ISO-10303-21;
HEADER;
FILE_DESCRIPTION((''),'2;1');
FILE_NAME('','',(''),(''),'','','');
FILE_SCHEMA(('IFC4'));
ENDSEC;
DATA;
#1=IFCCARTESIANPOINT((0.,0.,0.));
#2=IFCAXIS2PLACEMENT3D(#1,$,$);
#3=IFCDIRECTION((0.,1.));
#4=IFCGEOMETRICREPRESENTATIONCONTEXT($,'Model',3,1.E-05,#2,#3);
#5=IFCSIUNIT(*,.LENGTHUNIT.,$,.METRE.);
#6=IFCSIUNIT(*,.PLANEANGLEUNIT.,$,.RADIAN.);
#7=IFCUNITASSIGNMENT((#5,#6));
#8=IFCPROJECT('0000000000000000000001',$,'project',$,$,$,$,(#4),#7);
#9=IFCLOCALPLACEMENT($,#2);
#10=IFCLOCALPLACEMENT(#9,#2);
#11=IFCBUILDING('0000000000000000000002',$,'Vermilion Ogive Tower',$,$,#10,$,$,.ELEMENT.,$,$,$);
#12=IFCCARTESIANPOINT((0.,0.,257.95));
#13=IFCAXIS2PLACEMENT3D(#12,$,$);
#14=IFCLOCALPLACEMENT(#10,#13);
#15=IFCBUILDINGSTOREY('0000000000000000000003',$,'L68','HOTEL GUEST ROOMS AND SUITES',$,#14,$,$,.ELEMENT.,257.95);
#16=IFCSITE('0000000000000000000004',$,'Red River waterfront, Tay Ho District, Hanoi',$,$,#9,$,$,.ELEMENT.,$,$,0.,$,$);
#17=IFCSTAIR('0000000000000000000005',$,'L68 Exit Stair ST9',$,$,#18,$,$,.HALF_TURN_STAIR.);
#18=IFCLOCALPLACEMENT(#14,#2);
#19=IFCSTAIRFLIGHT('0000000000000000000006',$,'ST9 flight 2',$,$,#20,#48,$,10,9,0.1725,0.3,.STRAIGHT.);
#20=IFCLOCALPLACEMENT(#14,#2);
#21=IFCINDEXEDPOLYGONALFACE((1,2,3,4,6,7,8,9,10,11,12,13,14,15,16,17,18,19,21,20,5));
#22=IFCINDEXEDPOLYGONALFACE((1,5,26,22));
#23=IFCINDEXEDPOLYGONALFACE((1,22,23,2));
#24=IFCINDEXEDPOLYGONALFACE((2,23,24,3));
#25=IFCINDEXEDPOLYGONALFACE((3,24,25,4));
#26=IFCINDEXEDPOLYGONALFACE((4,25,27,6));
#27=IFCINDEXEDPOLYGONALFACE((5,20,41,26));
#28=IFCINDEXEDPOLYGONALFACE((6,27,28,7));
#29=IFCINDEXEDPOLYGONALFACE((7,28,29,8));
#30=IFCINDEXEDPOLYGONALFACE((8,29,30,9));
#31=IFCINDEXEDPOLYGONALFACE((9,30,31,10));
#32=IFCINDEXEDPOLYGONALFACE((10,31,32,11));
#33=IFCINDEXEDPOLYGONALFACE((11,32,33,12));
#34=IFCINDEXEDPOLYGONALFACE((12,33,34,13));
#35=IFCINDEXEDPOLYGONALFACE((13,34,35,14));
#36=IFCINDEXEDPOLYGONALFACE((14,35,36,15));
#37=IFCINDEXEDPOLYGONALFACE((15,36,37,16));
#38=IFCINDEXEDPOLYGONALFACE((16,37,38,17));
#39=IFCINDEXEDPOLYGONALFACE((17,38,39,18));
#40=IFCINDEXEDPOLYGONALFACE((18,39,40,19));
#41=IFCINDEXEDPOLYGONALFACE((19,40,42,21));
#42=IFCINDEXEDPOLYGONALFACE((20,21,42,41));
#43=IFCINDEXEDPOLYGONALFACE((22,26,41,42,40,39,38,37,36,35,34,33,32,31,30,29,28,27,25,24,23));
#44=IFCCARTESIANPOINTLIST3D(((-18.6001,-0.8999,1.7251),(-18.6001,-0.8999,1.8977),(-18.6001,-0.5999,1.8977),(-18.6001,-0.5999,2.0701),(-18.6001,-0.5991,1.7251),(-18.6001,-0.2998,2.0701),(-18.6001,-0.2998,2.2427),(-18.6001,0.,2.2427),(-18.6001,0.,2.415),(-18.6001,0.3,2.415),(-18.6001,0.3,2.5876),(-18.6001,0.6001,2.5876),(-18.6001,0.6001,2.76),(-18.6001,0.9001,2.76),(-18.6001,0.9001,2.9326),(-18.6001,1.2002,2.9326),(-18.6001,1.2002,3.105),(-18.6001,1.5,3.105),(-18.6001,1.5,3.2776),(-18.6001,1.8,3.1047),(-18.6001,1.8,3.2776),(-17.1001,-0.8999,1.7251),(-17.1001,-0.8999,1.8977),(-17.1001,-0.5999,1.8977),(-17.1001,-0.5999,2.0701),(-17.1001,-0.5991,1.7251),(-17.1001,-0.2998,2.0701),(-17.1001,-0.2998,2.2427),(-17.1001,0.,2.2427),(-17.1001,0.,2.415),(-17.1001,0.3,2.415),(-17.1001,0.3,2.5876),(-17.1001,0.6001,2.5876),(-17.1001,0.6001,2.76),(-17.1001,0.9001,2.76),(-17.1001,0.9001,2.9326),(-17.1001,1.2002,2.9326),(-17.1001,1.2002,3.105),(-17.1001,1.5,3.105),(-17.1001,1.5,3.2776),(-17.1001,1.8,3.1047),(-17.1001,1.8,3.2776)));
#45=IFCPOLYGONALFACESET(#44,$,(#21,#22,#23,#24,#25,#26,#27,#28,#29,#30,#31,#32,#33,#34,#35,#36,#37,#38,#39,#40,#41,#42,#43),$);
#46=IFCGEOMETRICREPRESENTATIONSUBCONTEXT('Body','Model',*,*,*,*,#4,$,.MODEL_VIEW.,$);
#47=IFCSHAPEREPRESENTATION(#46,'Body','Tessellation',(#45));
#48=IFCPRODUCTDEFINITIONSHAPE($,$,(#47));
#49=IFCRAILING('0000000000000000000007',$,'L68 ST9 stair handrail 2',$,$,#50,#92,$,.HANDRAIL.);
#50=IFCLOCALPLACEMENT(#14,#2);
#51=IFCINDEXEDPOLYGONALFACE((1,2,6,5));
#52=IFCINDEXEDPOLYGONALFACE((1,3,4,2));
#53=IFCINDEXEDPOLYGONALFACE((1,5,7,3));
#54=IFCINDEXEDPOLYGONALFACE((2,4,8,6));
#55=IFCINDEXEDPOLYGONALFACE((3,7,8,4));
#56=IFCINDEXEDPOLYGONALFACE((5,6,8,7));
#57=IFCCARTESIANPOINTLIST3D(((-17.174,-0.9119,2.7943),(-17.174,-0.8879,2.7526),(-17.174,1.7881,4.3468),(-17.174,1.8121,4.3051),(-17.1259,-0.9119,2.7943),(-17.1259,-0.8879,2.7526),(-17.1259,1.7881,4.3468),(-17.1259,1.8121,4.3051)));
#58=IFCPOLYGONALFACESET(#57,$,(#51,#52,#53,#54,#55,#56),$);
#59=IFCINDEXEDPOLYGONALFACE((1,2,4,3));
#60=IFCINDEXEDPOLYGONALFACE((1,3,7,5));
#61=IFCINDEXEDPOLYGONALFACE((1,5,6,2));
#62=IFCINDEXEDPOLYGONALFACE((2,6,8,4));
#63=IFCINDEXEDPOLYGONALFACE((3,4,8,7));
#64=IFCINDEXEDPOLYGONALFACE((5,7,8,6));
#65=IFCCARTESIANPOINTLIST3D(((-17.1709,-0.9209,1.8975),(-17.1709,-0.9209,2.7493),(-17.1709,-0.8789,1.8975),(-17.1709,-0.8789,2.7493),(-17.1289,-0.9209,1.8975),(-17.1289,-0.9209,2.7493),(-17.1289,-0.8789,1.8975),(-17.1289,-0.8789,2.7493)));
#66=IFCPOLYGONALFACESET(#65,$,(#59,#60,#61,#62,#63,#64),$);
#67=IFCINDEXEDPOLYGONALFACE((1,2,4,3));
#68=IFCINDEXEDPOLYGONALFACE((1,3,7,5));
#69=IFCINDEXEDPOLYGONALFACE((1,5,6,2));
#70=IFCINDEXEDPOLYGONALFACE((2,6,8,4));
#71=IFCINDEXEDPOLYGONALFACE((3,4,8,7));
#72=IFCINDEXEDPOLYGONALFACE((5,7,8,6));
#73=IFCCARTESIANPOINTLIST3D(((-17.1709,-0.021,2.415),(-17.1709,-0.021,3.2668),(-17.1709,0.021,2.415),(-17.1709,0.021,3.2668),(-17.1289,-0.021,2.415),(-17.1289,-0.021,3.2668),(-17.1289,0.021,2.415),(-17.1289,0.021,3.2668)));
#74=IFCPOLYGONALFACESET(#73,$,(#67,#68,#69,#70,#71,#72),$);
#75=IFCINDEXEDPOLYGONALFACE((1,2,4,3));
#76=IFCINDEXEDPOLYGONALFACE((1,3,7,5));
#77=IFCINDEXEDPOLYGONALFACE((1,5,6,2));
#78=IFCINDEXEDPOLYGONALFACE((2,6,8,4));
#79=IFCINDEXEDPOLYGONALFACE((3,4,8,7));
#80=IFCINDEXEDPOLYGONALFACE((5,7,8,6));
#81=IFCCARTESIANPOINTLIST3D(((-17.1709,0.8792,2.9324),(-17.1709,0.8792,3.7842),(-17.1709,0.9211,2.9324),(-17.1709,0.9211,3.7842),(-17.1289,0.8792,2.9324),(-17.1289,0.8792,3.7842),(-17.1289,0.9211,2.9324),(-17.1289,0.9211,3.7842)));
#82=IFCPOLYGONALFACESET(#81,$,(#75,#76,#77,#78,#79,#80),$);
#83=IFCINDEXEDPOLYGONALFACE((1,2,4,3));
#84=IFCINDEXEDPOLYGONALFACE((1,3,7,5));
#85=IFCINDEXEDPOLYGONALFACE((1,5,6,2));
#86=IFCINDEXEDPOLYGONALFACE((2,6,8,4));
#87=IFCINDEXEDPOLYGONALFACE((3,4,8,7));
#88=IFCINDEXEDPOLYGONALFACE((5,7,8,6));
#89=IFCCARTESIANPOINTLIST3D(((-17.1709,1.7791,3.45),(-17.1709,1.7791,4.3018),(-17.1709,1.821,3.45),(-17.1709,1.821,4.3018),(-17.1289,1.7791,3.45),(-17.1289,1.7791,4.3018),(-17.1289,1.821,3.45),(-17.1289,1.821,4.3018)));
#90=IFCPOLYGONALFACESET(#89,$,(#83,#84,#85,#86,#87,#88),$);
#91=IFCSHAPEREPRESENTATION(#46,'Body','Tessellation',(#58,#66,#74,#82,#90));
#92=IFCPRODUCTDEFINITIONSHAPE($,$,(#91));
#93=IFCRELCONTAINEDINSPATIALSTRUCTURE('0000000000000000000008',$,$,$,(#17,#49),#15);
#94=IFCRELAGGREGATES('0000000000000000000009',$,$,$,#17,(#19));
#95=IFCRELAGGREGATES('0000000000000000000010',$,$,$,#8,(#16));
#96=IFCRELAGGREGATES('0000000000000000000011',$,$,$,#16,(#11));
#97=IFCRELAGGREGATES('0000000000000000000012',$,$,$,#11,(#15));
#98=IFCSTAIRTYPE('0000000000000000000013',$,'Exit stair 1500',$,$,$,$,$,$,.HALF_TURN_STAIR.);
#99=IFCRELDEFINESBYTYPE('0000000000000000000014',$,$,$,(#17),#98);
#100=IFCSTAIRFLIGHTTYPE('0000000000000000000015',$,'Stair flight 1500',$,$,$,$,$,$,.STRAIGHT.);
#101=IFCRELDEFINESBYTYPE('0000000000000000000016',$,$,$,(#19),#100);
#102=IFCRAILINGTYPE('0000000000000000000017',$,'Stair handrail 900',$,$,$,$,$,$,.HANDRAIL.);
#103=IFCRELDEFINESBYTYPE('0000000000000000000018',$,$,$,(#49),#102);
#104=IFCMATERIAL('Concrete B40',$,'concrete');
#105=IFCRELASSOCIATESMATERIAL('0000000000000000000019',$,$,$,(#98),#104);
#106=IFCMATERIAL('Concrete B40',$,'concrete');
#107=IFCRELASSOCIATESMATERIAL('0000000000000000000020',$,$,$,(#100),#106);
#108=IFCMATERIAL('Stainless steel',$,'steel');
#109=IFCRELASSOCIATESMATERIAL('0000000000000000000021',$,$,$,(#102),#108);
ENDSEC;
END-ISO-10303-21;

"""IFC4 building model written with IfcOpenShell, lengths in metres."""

from ifc_helpers import new_model, si_unit, direction, frame, origin, origin_2d, place, context, subcontext, project, spatial, polyline, rectangle, outline, extrude, material, type_object, element, aggregate, save


model = new_model("IFC4")

# Units and contexts
model_context = context("Model", 3, precision=1e-05, world=origin(), true_north=direction((0.0, 1.0)))
body_context = subcontext(model_context, "Body", "Model", "MODEL_VIEW")
ifc_project = project(units=[si_unit("LENGTHUNIT", "METRE"), si_unit("PLANEANGLEUNIT", "RADIAN")], contexts=[model_context])

# Site, building, storey
site_placement = place(None, origin())
site = spatial("IfcSite", under=ifc_project, at=site_placement, Name="Red River waterfront, Tay Ho District, Hanoi", CompositionType="ELEMENT", RefElevation=0.0)
building_placement = place(site_placement, origin())
building = spatial("IfcBuilding", under=site, at=building_placement, Name="Vermilion Ogive Tower", CompositionType="ELEMENT")
storey_placement = place(building_placement, frame((0.0, 0.0, 257.95)))
storey = spatial("IfcBuildingStorey", under=building, at=storey_placement, Name="L68", Description="HOTEL GUEST ROOMS AND SUITES", CompositionType="ELEMENT", Elevation=257.95)

# Stair, stair flight
ifc_material_1 = material(Name="Concrete B40", Category="concrete")
stair_type = type_object("IfcStairType", Name="Exit stair 1500", PredefinedType="HALF_TURN_STAIR", material=ifc_material_1)
stair_placement = place(storey_placement, origin())
stair = element("IfcStair", 1, at=stair_placement, inside=storey, type_object=stair_type, Name="L68 Exit Stair ST9", PredefinedType="HALF_TURN_STAIR")
ifc_material_2 = material(Name="Concrete B40", Category="concrete")
stair_flight_type = type_object("IfcStairFlightType", Name="Stair flight 1500", PredefinedType="STRAIGHT", material=ifc_material_2)
stair_flight_placement = place(storey_placement, frame((-17.8501, -0.8999, 1.7251), z_axis=(0.0, 0.0, 1.0), x_axis=(0.0, 1.0, 0.0)))
stair_flight = element("IfcStairFlight", 2, at=stair_flight_placement, type_object=stair_flight_type, Name="ST9 flight 2", NumberOfRisers=10, NumberOfTreads=9, PredefinedType="STRAIGHT", RiserHeight=0.1725, TreadLength=0.3, context=body_context, shape_type="SweptSolid", body=[
    extrude(outline(polyline([(0.0, 0.0), (0.0, 0.1726), (0.3, 0.1726), (0.3, 0.345), (0.6001, 0.345), (0.6001, 0.5176), (0.8999, 0.5176), (0.8999, 0.6899), (1.2, 0.6899), (1.2, 0.8625), (1.5, 0.8625), (1.5, 1.0349), (1.8, 1.0349), (1.8, 1.2075), (2.1001, 1.2075), (2.1001, 1.3799), (2.3999, 1.3799), (2.3999, 1.5525), (2.7, 1.5525), (2.7, 1.7251), (2.7, 1.3796), (0.3008, 0.0), (0.0, 0.0)])), frame((0.0, 0.75, 0.0), z_axis=(0.0, -1.0, 0.0), x_axis=(1.0, 0.0, 0.0)), (0.0, 0.0, 1.0), 1.5),
])
aggregate(stair, [stair_flight])

# Railing
ifc_material_3 = material(Name="Stainless steel", Category="steel")
railing_type = type_object("IfcRailingType", Name="Stair handrail 900", PredefinedType="HANDRAIL", material=ifc_material_3)
railing_placement = place(storey_placement, frame((-17.1499, -0.8999, 1.8975)))
element("IfcRailing", 3, at=railing_placement, inside=storey, type_object=railing_type, Name="L68 ST9 stair handrail 2", PredefinedType="HANDRAIL", context=body_context, shape_type="SweptSolid", body=[
    extrude(rectangle(XDim=0.0481, YDim=0.0481, at=origin_2d()), frame((0.0, 0.0, 0.876), z_axis=(0.0, 0.866904, 0.498476), x_axis=(-1.0, 0.0, 0.0)), (0.0, 0.0, 1.0), 3.1145),
    extrude(rectangle(XDim=0.042, YDim=0.042, at=origin_2d()), origin(), (0.0, 0.0, 1.0), 0.8518),
    extrude(rectangle(XDim=0.042, YDim=0.042, at=origin_2d()), frame((0.0, 0.8999, 0.5176)), (0.0, 0.0, 1.0), 0.8518),
    extrude(rectangle(XDim=0.042, YDim=0.042, at=origin_2d()), frame((0.0, 1.8, 1.0349)), (0.0, 0.0, 1.0), 0.8518),
    extrude(rectangle(XDim=0.042, YDim=0.042, at=origin_2d()), frame((0.0, 2.7, 1.5525)), (0.0, 0.0, 1.0), 0.8518),
])

save(model, "model.ifc")
